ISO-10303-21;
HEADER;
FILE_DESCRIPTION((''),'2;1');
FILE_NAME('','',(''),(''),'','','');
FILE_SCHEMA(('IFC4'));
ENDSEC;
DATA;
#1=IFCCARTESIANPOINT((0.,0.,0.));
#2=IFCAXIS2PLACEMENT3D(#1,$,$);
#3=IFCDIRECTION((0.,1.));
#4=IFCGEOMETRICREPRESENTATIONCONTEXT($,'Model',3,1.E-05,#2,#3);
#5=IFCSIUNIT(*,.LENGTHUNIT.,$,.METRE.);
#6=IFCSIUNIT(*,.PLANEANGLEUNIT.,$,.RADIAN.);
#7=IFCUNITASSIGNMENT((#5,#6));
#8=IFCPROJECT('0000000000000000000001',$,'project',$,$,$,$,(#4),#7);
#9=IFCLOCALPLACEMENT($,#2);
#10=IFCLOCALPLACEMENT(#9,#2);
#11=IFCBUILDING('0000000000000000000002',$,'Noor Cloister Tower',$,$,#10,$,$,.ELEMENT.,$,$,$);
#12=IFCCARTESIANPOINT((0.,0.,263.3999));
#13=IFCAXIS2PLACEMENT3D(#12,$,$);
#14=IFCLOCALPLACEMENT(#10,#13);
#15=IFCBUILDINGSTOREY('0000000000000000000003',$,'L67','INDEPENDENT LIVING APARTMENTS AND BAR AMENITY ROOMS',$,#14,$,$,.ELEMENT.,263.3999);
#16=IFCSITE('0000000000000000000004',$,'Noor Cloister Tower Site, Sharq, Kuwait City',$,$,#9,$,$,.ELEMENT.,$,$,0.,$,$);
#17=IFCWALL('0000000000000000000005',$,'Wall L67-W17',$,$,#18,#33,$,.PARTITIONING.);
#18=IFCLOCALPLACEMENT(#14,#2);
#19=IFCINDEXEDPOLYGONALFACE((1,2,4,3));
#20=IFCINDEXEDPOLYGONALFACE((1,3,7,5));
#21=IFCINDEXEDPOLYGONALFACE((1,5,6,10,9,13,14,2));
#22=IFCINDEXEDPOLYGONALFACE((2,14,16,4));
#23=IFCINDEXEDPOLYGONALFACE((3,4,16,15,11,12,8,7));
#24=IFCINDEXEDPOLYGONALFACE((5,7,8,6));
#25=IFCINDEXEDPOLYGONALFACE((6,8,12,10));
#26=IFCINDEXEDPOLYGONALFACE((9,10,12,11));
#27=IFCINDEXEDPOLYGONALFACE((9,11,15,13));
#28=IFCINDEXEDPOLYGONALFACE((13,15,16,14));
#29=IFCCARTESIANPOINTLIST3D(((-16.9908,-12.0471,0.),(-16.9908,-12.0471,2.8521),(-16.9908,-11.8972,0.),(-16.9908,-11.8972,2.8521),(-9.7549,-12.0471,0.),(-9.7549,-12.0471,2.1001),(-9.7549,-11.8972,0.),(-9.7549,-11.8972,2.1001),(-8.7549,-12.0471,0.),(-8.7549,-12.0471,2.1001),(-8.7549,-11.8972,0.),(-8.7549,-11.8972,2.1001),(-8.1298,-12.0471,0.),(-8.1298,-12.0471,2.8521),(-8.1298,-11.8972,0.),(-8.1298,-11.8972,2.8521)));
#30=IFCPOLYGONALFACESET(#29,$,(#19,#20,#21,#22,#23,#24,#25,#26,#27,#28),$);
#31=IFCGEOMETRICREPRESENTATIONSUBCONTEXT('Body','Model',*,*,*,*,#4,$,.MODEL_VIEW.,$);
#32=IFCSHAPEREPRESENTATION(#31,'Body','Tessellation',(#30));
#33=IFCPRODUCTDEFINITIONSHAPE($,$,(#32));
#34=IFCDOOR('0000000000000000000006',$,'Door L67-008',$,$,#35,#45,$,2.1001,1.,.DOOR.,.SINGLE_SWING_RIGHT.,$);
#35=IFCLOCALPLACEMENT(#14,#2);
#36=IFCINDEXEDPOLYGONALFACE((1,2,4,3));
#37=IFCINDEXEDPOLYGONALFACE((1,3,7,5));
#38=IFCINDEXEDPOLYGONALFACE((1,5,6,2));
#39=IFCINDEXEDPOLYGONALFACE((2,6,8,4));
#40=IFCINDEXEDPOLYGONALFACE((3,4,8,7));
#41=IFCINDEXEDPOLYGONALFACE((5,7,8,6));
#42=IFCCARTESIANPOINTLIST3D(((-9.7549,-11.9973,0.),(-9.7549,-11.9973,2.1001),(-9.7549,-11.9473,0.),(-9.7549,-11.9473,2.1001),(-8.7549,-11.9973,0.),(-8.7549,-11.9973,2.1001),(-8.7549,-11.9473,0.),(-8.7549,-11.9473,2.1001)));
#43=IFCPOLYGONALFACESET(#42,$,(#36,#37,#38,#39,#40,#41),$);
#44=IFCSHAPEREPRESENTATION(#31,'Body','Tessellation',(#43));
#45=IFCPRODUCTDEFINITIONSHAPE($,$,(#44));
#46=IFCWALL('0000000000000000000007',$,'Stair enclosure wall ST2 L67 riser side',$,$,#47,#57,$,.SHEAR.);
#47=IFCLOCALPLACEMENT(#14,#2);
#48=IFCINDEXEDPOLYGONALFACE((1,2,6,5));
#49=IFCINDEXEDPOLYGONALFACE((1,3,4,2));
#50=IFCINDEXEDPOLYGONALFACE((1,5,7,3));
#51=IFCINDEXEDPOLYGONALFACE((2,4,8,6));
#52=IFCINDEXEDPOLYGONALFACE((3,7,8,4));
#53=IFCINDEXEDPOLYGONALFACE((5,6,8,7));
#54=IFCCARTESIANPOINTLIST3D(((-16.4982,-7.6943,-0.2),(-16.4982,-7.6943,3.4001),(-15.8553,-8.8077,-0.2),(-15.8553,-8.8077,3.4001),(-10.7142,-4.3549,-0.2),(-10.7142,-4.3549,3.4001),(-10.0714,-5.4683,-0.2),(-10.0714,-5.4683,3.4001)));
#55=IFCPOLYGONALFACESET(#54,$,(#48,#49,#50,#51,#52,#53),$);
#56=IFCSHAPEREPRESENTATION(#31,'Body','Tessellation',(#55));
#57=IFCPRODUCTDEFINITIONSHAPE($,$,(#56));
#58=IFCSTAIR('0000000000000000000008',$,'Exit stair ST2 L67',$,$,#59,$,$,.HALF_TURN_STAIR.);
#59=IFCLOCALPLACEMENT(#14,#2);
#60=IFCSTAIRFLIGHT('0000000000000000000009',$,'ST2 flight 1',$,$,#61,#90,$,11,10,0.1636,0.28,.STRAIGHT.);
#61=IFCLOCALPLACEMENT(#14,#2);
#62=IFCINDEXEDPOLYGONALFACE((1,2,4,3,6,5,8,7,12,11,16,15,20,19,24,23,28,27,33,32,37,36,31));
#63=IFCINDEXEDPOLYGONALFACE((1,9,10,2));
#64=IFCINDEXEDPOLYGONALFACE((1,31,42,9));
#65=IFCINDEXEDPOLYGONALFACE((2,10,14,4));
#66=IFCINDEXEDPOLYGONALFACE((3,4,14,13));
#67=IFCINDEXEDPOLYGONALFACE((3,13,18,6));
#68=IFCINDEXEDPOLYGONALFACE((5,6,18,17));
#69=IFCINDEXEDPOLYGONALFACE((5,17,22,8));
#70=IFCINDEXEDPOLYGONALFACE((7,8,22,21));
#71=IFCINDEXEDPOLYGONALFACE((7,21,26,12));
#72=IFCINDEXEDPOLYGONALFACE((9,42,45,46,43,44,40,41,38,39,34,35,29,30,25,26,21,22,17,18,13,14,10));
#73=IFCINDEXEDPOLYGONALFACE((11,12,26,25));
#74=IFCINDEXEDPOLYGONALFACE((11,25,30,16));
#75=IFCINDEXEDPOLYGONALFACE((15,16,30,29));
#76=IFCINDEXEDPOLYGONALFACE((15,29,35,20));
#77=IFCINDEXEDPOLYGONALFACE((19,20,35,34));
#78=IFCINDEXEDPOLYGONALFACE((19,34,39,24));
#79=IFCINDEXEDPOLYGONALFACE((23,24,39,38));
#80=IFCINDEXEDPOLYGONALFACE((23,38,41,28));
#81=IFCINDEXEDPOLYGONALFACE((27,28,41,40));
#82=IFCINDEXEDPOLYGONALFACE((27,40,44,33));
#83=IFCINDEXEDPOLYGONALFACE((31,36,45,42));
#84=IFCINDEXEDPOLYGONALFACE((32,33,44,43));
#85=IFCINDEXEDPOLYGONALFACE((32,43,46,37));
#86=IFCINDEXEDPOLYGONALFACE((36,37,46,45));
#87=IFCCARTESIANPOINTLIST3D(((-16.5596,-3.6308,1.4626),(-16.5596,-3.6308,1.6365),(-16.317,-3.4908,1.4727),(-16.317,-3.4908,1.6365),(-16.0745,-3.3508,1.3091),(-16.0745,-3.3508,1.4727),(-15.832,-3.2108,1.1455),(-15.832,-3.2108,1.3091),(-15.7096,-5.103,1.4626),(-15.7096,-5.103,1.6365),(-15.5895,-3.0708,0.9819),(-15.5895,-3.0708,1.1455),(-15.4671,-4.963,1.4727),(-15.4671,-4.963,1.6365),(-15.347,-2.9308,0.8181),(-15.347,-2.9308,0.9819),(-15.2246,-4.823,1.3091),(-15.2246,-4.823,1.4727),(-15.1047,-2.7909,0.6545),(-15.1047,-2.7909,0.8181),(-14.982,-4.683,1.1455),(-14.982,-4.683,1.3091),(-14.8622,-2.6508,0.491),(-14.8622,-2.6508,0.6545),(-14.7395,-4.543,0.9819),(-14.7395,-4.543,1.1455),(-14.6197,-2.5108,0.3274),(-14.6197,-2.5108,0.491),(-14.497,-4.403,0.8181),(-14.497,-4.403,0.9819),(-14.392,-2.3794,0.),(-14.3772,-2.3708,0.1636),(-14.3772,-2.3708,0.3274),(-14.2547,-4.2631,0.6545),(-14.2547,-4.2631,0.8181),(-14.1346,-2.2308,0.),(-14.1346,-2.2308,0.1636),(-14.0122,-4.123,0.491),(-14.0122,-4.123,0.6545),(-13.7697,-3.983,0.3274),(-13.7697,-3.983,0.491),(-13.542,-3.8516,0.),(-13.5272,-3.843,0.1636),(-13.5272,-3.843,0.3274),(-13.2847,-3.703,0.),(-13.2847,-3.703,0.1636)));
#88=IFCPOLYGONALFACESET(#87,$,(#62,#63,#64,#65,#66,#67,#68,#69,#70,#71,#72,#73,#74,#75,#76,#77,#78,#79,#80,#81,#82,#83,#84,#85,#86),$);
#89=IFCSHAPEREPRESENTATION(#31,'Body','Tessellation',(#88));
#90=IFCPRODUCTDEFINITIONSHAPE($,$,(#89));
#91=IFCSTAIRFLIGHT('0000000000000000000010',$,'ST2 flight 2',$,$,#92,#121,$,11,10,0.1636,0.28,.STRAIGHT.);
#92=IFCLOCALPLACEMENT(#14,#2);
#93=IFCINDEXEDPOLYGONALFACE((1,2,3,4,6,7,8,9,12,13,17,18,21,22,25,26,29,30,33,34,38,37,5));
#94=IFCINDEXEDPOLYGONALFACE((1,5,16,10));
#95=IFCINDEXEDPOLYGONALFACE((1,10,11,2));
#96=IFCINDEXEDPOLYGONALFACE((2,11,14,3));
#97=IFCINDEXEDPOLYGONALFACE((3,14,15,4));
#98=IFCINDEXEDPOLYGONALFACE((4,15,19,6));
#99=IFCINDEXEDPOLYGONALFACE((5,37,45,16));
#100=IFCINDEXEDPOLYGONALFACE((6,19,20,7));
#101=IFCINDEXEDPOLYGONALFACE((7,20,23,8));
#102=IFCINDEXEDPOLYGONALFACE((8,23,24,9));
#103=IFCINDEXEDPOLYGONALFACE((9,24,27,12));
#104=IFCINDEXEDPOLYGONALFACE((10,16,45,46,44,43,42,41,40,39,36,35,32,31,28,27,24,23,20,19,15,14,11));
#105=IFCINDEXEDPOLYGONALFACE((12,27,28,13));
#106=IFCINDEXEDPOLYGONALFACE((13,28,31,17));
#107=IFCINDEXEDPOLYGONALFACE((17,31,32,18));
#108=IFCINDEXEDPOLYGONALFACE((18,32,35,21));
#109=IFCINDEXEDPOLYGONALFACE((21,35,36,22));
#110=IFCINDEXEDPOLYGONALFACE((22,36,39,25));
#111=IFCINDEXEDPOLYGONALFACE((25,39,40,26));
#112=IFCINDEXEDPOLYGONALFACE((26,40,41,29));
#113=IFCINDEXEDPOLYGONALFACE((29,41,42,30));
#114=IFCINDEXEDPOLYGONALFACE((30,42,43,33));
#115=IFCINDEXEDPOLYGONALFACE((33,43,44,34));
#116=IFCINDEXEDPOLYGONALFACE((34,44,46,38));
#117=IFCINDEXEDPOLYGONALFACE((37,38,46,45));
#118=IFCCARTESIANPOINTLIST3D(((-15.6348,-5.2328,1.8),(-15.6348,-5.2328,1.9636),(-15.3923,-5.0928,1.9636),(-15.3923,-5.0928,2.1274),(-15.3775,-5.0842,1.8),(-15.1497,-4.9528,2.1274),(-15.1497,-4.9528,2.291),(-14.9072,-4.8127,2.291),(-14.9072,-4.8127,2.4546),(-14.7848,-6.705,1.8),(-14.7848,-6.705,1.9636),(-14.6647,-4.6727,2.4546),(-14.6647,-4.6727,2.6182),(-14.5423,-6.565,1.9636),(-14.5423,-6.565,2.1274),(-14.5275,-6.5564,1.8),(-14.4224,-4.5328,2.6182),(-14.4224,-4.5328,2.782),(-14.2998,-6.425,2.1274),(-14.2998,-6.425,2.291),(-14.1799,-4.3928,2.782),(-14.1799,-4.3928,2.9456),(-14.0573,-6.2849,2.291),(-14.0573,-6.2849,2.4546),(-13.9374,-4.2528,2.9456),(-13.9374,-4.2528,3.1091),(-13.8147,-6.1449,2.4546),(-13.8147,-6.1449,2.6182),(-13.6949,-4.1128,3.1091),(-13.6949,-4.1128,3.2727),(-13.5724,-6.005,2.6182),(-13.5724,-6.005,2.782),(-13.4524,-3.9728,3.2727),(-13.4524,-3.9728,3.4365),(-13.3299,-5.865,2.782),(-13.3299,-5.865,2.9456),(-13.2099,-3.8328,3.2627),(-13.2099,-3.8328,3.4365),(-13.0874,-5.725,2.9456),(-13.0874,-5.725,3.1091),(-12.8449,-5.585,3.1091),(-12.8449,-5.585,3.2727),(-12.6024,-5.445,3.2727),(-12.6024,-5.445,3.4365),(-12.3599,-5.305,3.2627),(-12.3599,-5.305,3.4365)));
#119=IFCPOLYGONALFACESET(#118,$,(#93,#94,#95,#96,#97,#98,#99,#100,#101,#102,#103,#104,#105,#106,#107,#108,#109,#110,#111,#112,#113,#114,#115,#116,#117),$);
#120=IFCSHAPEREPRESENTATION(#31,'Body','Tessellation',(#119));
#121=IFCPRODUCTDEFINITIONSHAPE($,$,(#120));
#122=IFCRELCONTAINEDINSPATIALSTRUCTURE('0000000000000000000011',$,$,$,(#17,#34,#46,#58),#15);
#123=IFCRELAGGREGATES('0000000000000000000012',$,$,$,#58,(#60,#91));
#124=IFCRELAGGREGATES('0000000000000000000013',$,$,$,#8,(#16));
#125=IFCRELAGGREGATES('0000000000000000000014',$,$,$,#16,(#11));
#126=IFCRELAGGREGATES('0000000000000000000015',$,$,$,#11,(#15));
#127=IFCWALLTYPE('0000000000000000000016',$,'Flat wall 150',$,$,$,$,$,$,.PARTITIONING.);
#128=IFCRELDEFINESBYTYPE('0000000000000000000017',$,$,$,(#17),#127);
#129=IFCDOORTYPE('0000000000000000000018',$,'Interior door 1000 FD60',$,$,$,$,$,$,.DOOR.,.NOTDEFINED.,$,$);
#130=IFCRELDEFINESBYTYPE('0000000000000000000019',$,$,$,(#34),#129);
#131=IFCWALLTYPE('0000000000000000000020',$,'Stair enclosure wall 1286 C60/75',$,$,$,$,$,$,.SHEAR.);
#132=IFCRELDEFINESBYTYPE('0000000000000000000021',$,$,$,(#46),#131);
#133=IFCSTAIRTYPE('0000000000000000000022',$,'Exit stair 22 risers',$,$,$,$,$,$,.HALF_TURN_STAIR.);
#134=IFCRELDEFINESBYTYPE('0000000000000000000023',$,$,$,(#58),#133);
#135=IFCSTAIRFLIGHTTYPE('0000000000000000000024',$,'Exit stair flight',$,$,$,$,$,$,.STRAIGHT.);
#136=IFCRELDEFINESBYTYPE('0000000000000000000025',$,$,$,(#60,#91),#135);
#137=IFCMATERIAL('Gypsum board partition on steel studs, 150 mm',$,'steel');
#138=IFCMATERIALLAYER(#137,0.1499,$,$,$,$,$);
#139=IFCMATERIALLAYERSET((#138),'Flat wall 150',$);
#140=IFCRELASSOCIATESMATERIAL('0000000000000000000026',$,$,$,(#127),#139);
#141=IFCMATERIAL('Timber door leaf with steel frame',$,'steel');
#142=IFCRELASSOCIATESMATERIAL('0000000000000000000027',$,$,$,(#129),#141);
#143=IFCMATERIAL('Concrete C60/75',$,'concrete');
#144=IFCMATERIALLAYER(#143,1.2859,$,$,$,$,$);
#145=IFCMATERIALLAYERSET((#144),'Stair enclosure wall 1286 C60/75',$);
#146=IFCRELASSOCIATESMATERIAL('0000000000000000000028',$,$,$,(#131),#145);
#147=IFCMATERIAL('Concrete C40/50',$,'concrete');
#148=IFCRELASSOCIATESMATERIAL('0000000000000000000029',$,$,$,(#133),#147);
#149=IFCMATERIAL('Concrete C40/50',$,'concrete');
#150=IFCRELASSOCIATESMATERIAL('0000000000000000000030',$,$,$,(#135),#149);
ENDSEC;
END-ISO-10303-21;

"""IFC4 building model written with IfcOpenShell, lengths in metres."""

from ifc_helpers import new_model, si_unit, direction, frame, frame_2d, origin, place, context, subcontext, project, spatial, polyline, rectangle, outline, extrude, material, layer, layer_set, type_object, element, fill, aggregate, save


model = new_model("IFC4")

# Units and contexts
model_context = context("Model", 3, precision=1e-05, world=origin(), true_north=direction((0.0, 1.0)))
body_context = subcontext(model_context, "Body", "Model", "MODEL_VIEW")
ifc_project = project(units=[si_unit("LENGTHUNIT", "METRE"), si_unit("PLANEANGLEUNIT", "RADIAN")], contexts=[model_context])

# Site, building, storey
site_placement = place(None, origin())
site = spatial("IfcSite", under=ifc_project, at=site_placement, Name="Noor Cloister Tower Site, Sharq, Kuwait City", CompositionType="ELEMENT", RefElevation=0.0)
building_placement = place(site_placement, origin())
building = spatial("IfcBuilding", under=site, at=building_placement, Name="Noor Cloister Tower", CompositionType="ELEMENT")
storey_placement = place(building_placement, frame((0.0, 0.0, 263.3999)))
storey = spatial("IfcBuildingStorey", under=building, at=storey_placement, Name="L67", Description="INDEPENDENT LIVING APARTMENTS AND BAR AMENITY ROOMS", CompositionType="ELEMENT", Elevation=263.3999)

# Shared definitions
ifc_material_1 = material(Name="Gypsum board partition on steel studs, 150 mm", Category="steel")
ifc_layer_1 = layer(ifc_material_1, 0.1499)
ifc_layer_set_1 = layer_set([ifc_layer_1], Name="Flat wall 150")
wall_type_1 = type_object("IfcWallType", Name="Flat wall 150", PredefinedType="PARTITIONING", material=ifc_layer_set_1)
ifc_material_2 = material(Name="Timber door leaf with steel frame", Category="steel")
door_type_1 = type_object("IfcDoorType", Name="Interior door 1000 FD60", OperationType="NOTDEFINED", PredefinedType="DOOR", material=ifc_material_2)

# Wall, opening, door
wall_1_placement = place(storey_placement, frame((-16.991, -11.9722, 0.0), z_axis=(0.0, 0.0, 1.0), x_axis=(1.0, 0.0, 0.0)))
wall_1 = element("IfcWall", 1, at=wall_1_placement, inside=storey, type_object=wall_type_1, Name="Wall L67-W17", PredefinedType="PARTITIONING", context=body_context, shape_type="SweptSolid", body=[
    extrude(rectangle(XDim=8.8611, YDim=0.1499, at=frame_2d((4.4307, 0.0))), origin(), (0.0, 0.0, 1.0), 2.8521),
])
opening_1_placement = place(wall_1_placement, frame((7.2361, 0.0, 0.0)))
opening_1 = element("IfcOpeningElement", 2, at=opening_1_placement, cuts=wall_1, PredefinedType="OPENING", context=body_context, shape_type="SweptSolid", body=[
    extrude(rectangle(XDim=1.0, YDim=2.1001, at=frame_2d((0.5, 1.05))), frame((0.0, 0.085, 0.0), z_axis=(0.0, -1.0, 0.0), x_axis=(1.0, 0.0, 0.0)), (0.0, 0.0, 1.0), 0.1699),
])
door_1_placement = place(opening_1_placement, origin())
door_1 = element("IfcDoor", 3, at=door_1_placement, inside=storey, type_object=door_type_1, Name="Door L67-008", OperationType="SINGLE_SWING_RIGHT", OverallHeight=2.1001, OverallWidth=1.0, PredefinedType="DOOR", context=body_context, shape_type="SweptSolid", body=[
    extrude(rectangle(XDim=1.0, YDim=2.1001, at=frame_2d((0.5, 1.05))), frame((0.0, 0.0249, 0.0), z_axis=(0.0, -1.0, 0.0), x_axis=(1.0, 0.0, 0.0)), (0.0, 0.0, 1.0), 0.05),
])
fill(opening_1, door_1)

# Wall
ifc_material_3 = material(Name="Concrete C60/75", Category="concrete")
ifc_layer_2 = layer(ifc_material_3, 1.2859)
ifc_layer_set_2 = layer_set([ifc_layer_2], Name="Stair enclosure wall 1286 C60/75")
wall_type_2 = type_object("IfcWallType", Name="Stair enclosure wall 1286 C60/75", PredefinedType="SHEAR", material=ifc_layer_set_2)
wall_2_placement = place(storey_placement, frame((-10.3928, -4.9116, -0.2), z_axis=(0.0, 0.0, 1.0), x_axis=(-0.866025, -0.5, 0.0)))
element("IfcWall", 4, at=wall_2_placement, inside=storey, type_object=wall_type_2, Name="Stair enclosure wall ST2 L67 riser side", PredefinedType="SHEAR", context=body_context, shape_type="SweptSolid", body=[
    extrude(rectangle(XDim=6.6787, YDim=1.2856, at=frame_2d((3.3394, 0.0))), origin(), (0.0, 0.0, 1.0), 3.6001),
])

# Stair, stair flights
ifc_material_4 = material(Name="Concrete C40/50", Category="concrete")
stair_type = type_object("IfcStairType", Name="Exit stair 22 risers", PredefinedType="HALF_TURN_STAIR", material=ifc_material_4)
stair_placement = place(storey_placement, origin())
stair = element("IfcStair", 5, at=stair_placement, inside=storey, type_object=stair_type, Name="Exit stair ST2 L67", PredefinedType="HALF_TURN_STAIR")
ifc_material_5 = material(Name="Concrete C40/50", Category="concrete")
stair_flight_type = type_object("IfcStairFlightType", Name="Exit stair flight", PredefinedType="STRAIGHT", material=ifc_material_5)
stair_flight_1_placement = place(storey_placement, frame((-13.7097, -2.9668, 0.0), z_axis=(0.0, 0.0, 1.0), x_axis=(-0.866025, -0.5, 0.0)))
stair_flight_1 = element("IfcStairFlight", 6, at=stair_flight_1_placement, type_object=stair_flight_type, Name="ST2 flight 1", NumberOfRisers=11, NumberOfTreads=10, PredefinedType="STRAIGHT", RiserHeight=0.1636, TreadLength=0.28, context=body_context, shape_type="SweptSolid", body=[
    extrude(outline(polyline([(0.0, 0.0), (0.0, 0.1636), (0.28, 0.1636), (0.28, 0.3274), (0.5601, 0.3274), (0.5601, 0.491), (0.8401, 0.491), (0.8401, 0.6545), (1.1201, 0.6545), (1.1201, 0.8181), (1.3999, 0.8181), (1.3999, 0.9819), (1.6799, 0.9819), (1.6799, 1.1455), (1.96, 1.1455), (1.96, 1.3091), (2.24, 1.3091), (2.24, 1.4727), (2.52, 1.4727), (2.52, 1.6365), (2.8, 1.6365), (2.8, 1.8), (2.8, 1.4626), (0.2971, 0.0), (0.0, 0.0)])), frame((0.0, 0.8501, 0.0), z_axis=(0.0, -1.0, 0.0), x_axis=(1.0, 0.0, 0.0)), (0.0, 0.0, 1.0), 1.7),
])
stair_flight_2_placement = place(storey_placement, frame((-15.2097, -5.969, 1.8), z_axis=(0.0, 0.0, 1.0), x_axis=(0.866025, 0.5, 0.0)))
stair_flight_2 = element("IfcStairFlight", 7, at=stair_flight_2_placement, type_object=stair_flight_type, Name="ST2 flight 2", NumberOfRisers=11, NumberOfTreads=10, PredefinedType="STRAIGHT", RiserHeight=0.1636, TreadLength=0.28, context=body_context, shape_type="SweptSolid", body=[
    extrude(outline(polyline([(0.0, 0.0), (0.0, 0.1636), (0.28, 0.1636), (0.28, 0.3274), (0.5601, 0.3274), (0.5601, 0.491), (0.8401, 0.491), (0.8401, 0.6545), (1.1201, 0.6545), (1.1201, 0.8181), (1.3999, 0.8181), (1.3999, 0.9819), (1.6799, 0.9819), (1.6799, 1.1455), (1.96, 1.1455), (1.96, 1.3091), (2.24, 1.3091), (2.24, 1.4727), (2.52, 1.4727), (2.52, 1.6365), (2.8, 1.6365), (2.8, 1.8), (2.8, 1.4626), (0.2971, 0.0), (0.0, 0.0)])), frame((0.0, 0.8501, 0.0), z_axis=(0.0, -1.0, 0.0), x_axis=(1.0, 0.0, 0.0)), (0.0, 0.0, 1.0), 1.7),
])
aggregate(stair, [stair_flight_1, stair_flight_2])

save(model, "model.ifc")
